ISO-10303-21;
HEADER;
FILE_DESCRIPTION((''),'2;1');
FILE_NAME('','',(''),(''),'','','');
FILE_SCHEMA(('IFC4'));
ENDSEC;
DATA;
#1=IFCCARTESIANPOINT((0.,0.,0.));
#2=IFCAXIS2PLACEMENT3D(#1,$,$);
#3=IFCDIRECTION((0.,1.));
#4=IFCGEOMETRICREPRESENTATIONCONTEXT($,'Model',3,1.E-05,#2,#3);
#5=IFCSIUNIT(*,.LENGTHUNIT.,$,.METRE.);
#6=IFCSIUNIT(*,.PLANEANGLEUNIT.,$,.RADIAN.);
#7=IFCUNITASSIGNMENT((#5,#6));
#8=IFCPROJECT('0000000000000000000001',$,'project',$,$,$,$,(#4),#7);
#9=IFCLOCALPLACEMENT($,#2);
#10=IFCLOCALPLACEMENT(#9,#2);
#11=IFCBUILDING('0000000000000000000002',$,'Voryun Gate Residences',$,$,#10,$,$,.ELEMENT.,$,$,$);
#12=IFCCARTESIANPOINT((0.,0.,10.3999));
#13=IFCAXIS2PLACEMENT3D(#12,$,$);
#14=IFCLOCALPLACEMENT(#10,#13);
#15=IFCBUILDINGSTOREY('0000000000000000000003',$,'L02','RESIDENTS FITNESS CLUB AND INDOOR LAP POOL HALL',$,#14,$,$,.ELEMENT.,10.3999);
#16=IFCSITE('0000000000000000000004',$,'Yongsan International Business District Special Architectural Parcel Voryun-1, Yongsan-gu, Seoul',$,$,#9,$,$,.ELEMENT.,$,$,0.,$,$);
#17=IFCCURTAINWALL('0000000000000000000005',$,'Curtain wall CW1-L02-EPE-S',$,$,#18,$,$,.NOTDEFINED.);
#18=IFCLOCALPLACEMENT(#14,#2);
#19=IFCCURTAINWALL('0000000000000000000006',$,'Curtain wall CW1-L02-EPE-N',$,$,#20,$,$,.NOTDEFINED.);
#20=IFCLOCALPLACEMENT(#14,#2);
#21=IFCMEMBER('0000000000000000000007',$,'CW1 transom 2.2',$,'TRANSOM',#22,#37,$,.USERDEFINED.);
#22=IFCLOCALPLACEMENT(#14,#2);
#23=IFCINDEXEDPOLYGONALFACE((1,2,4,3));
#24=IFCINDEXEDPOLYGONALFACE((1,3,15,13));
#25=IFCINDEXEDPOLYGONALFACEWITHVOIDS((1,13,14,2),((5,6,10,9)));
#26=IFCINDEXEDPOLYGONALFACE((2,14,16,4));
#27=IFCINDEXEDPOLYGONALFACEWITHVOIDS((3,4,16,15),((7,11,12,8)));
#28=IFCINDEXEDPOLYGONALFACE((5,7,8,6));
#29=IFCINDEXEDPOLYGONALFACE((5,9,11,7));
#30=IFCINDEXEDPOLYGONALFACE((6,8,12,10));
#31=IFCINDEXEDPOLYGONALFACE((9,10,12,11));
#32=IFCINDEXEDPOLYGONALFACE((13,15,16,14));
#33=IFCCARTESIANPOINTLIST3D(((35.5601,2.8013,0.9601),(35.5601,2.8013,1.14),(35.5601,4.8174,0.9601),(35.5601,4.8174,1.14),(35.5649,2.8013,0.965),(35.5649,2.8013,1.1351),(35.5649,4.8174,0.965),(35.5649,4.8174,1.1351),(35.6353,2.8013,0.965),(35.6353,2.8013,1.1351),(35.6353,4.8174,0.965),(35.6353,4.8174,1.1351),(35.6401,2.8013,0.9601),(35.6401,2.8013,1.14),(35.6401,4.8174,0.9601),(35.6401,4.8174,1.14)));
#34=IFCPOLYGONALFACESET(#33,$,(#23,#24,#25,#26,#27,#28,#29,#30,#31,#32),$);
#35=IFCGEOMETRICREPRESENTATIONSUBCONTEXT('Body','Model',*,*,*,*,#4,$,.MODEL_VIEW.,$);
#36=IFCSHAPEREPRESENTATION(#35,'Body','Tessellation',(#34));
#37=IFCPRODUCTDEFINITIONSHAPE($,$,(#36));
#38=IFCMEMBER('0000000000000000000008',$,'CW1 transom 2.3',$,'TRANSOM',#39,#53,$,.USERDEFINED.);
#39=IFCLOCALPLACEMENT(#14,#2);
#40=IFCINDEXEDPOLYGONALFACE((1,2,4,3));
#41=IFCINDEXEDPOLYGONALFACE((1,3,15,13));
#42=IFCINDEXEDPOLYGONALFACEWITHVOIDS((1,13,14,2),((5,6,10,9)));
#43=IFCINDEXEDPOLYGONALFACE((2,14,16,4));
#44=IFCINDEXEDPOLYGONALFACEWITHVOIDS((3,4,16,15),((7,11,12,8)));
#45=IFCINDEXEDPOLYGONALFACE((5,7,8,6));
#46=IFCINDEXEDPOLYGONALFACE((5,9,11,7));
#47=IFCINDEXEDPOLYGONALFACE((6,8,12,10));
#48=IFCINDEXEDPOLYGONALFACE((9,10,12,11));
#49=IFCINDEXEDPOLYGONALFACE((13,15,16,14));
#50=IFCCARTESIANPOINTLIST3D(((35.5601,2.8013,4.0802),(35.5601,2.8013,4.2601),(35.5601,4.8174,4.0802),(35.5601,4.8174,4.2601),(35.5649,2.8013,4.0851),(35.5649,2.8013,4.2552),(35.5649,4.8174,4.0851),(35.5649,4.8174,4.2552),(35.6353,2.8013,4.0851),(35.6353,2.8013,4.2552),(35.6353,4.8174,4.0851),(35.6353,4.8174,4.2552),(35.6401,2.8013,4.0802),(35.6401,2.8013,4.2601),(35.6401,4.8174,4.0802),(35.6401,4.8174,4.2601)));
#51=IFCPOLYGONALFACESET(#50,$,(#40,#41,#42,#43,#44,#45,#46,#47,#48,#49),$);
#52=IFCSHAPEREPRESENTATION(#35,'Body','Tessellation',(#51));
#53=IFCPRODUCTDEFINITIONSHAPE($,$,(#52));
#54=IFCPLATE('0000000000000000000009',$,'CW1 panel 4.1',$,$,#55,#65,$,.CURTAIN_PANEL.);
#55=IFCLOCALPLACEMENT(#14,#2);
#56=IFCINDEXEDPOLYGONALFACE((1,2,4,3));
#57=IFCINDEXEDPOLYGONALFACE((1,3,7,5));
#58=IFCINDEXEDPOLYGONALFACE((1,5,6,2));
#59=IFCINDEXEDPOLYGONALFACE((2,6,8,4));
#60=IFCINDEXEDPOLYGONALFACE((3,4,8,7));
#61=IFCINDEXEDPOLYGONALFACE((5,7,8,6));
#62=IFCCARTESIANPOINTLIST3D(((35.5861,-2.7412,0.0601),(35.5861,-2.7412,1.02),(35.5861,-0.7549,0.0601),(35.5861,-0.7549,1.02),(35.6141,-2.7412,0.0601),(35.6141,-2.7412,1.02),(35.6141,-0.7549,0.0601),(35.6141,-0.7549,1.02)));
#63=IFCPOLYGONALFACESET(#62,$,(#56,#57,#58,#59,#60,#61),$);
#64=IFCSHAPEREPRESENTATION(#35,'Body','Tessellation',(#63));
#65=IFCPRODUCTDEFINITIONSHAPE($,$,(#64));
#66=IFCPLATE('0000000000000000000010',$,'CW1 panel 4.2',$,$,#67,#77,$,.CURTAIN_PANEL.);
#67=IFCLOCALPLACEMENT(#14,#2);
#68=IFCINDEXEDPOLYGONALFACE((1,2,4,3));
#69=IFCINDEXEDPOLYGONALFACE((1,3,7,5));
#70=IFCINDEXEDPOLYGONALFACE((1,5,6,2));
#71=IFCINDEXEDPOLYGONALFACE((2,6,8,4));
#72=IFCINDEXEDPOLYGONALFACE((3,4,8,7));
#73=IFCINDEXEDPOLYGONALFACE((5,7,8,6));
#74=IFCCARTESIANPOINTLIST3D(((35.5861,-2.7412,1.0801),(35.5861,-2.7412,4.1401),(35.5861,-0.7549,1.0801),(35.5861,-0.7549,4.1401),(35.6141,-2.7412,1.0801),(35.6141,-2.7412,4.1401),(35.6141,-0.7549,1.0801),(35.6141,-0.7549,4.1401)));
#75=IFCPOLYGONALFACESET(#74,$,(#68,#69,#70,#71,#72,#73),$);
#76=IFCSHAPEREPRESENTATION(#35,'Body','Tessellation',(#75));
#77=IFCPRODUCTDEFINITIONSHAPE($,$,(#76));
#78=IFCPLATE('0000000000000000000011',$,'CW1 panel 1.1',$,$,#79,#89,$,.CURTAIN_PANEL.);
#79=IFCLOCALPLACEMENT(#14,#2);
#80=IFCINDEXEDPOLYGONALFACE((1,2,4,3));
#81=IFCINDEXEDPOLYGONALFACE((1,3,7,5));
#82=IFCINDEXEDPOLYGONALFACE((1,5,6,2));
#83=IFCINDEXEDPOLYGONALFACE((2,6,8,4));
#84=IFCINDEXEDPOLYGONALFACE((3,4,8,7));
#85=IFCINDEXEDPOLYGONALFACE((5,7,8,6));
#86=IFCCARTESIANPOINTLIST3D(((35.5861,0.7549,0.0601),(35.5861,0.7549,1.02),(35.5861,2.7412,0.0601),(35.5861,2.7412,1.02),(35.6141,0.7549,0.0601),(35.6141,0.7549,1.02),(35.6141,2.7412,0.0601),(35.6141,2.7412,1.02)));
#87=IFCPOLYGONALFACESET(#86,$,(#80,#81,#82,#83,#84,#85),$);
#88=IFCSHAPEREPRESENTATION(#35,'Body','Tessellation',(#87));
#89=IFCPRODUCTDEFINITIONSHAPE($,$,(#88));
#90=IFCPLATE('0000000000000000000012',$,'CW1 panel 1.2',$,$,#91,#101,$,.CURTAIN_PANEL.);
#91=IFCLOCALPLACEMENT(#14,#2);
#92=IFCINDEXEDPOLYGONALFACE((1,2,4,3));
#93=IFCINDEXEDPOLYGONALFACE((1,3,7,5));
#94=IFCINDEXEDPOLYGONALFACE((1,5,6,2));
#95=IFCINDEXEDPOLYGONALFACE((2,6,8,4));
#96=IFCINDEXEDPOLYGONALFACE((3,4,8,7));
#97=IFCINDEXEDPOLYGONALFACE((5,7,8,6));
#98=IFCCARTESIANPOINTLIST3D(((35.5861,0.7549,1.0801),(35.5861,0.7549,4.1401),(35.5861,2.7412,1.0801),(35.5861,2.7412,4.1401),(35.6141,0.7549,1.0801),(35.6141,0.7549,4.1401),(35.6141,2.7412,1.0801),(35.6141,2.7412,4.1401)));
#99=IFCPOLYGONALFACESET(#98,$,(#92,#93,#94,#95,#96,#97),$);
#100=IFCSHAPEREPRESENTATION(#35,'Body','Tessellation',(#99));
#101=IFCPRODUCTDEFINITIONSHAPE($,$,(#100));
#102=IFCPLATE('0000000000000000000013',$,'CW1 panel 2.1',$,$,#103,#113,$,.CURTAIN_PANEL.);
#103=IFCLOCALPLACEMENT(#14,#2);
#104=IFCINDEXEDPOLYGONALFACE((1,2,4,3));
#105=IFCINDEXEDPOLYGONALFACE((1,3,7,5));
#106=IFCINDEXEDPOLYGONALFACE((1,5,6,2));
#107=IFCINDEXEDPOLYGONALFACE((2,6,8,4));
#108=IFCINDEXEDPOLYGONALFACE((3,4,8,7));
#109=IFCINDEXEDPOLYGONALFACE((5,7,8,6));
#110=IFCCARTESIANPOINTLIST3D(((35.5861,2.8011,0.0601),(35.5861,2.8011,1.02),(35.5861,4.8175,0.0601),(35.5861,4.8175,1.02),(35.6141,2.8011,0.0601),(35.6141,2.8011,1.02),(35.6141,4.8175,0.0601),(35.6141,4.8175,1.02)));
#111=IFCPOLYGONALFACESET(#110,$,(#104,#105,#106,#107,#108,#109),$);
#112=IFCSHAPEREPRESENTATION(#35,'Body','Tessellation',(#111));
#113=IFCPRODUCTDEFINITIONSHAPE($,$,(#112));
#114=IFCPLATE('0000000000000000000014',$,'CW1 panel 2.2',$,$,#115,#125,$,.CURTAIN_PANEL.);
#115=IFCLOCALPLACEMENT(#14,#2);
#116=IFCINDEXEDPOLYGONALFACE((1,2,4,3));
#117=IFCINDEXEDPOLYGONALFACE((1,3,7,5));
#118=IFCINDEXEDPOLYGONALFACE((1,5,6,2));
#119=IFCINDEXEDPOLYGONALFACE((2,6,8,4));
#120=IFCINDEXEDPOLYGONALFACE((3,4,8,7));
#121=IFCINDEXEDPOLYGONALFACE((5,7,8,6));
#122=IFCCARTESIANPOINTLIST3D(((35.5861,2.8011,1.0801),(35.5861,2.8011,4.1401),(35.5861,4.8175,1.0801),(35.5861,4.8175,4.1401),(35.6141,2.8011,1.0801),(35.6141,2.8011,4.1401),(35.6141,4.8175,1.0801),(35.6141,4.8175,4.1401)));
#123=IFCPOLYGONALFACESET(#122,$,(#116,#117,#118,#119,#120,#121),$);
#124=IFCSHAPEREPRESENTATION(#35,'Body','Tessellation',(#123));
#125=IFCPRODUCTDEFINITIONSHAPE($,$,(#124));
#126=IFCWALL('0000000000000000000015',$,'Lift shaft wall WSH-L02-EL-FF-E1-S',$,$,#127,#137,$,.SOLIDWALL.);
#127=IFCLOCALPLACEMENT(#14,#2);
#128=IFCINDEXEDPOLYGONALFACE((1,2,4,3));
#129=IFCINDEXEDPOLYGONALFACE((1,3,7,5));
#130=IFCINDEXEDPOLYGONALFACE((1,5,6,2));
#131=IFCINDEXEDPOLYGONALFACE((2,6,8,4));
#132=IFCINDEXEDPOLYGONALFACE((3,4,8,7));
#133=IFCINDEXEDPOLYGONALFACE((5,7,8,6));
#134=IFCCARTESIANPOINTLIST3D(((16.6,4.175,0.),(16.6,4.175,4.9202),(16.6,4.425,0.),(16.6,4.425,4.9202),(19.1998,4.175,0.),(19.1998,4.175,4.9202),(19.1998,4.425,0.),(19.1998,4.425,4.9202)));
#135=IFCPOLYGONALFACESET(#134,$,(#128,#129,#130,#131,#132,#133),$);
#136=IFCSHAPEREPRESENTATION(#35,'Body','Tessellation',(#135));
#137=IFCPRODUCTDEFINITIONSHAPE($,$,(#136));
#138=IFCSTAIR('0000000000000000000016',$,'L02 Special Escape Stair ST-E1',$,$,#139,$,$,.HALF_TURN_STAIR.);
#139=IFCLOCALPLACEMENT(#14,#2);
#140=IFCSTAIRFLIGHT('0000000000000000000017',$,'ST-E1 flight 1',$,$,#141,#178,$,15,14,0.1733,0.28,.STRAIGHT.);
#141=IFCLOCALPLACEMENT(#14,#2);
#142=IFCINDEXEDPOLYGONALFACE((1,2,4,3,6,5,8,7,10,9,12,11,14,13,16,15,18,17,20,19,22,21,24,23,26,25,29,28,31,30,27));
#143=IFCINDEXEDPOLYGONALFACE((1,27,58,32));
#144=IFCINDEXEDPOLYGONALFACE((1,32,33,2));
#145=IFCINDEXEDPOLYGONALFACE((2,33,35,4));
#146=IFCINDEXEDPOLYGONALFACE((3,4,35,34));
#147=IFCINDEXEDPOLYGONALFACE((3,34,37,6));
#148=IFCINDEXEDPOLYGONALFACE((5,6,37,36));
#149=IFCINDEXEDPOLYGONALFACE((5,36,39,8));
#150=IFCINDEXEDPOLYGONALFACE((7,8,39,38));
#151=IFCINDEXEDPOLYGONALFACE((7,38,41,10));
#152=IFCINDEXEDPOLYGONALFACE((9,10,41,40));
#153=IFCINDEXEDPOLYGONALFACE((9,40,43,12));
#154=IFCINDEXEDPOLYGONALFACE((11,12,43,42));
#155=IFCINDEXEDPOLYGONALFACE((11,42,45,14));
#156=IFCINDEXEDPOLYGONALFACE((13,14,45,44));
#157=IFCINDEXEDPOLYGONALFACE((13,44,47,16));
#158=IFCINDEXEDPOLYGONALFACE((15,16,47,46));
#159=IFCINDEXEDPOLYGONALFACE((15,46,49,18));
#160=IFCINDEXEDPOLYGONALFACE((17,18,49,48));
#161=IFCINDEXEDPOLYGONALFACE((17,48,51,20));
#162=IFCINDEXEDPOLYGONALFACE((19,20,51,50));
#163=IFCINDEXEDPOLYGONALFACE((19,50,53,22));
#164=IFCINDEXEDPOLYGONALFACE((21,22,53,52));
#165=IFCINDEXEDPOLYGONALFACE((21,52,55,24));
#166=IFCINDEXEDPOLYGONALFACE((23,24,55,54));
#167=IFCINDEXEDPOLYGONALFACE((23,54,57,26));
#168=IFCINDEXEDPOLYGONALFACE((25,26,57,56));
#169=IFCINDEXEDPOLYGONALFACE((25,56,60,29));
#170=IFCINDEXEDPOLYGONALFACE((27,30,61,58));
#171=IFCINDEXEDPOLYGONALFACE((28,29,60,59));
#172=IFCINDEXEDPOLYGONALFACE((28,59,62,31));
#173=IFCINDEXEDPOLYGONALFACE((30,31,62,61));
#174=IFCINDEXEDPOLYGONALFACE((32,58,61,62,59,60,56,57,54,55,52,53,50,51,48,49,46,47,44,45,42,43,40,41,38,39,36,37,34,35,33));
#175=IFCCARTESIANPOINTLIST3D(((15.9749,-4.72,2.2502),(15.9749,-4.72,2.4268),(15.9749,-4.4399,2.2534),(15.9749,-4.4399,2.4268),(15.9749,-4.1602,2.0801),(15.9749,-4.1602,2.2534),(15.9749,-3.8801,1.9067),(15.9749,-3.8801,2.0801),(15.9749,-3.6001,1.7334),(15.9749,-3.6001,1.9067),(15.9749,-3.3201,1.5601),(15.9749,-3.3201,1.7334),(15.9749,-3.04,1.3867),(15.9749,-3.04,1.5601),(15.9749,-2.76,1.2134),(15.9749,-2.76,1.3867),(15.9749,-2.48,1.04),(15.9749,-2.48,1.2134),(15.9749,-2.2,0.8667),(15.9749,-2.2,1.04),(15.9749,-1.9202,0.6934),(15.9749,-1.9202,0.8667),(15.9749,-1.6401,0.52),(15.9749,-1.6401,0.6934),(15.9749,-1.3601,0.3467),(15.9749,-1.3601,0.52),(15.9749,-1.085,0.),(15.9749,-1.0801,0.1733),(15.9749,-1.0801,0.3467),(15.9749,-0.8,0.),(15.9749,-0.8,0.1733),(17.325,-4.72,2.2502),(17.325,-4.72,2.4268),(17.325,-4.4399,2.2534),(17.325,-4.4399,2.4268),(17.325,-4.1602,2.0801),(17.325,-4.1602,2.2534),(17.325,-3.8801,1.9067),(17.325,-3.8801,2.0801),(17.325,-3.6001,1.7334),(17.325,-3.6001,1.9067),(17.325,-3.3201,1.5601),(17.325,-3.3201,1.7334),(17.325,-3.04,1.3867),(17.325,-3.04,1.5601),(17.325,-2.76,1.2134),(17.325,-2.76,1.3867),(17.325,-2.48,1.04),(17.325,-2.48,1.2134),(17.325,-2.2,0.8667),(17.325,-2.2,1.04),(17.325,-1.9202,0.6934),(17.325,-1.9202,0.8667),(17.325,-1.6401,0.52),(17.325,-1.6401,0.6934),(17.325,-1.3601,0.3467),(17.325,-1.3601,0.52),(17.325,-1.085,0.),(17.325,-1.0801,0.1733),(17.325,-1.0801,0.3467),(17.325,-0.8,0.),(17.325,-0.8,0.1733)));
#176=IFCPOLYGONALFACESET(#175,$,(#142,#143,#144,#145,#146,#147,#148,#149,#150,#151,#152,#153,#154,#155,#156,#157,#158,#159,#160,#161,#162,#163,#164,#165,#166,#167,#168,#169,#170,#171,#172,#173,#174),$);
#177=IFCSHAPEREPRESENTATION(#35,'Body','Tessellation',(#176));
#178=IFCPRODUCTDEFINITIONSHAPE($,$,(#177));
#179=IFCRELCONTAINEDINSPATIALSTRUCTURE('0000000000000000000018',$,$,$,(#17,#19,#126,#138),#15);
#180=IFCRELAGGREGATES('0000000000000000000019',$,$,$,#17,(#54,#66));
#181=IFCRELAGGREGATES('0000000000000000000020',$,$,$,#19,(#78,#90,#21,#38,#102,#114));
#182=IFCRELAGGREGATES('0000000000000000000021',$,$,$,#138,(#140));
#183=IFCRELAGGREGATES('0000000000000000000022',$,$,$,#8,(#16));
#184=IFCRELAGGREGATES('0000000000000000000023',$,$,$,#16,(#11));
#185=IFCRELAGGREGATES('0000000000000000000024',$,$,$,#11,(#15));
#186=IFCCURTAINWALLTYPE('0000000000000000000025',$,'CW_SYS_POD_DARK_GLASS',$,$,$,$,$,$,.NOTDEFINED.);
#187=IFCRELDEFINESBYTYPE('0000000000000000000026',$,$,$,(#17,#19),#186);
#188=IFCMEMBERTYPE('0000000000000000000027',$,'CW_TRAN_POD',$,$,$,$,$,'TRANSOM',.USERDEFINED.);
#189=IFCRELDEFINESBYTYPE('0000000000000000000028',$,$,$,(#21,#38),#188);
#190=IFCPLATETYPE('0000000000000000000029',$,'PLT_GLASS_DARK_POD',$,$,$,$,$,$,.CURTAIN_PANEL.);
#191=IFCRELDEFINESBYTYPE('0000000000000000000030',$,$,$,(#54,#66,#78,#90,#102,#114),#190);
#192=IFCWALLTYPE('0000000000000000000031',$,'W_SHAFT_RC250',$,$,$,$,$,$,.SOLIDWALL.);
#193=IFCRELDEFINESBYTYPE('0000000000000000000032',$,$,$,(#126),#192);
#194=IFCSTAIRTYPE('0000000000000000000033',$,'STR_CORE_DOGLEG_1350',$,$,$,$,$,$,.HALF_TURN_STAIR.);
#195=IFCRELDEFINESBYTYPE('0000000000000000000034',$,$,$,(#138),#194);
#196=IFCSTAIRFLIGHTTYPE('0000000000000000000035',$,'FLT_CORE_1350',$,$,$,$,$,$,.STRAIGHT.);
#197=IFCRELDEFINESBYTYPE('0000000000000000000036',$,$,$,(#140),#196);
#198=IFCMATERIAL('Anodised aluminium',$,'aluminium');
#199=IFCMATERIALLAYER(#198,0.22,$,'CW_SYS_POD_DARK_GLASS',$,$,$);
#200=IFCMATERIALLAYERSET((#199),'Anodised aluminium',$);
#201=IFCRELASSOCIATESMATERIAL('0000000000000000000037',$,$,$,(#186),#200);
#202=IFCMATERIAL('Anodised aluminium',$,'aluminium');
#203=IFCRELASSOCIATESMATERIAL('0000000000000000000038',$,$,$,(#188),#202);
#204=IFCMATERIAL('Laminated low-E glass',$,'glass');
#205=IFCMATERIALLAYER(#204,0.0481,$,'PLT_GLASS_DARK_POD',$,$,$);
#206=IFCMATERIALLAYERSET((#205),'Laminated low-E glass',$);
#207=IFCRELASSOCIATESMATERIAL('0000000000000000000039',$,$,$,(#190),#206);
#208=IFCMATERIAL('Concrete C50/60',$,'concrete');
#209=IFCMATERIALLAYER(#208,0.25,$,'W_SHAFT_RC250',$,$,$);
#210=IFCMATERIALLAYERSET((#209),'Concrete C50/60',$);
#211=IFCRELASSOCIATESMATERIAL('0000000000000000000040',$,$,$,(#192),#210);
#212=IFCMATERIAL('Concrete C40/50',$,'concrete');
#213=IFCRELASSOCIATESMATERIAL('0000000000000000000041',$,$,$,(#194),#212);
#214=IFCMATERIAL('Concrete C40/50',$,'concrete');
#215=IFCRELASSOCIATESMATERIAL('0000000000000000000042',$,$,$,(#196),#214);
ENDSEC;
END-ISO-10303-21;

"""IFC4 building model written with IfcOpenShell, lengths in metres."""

from ifc_helpers import new_model, si_unit, direction, frame, frame_2d, origin, origin_2d, place, context, subcontext, project, spatial, polyline, rectangle, hollow_rectangle, outline, extrude, material, layer, layer_set, material_profile, profile_set, type_object, element, aggregate, save


model = new_model("IFC4")

# Units and contexts
model_context = context("Model", 3, precision=1e-05, world=origin(), true_north=direction((0.0, 1.0)))
body_context = subcontext(model_context, "Body", "Model", "MODEL_VIEW")
ifc_project = project(units=[si_unit("LENGTHUNIT", "METRE"), si_unit("PLANEANGLEUNIT", "RADIAN")], contexts=[model_context])

# Site, building, storey
site_placement = place(None, origin())
site = spatial("IfcSite", under=ifc_project, at=site_placement, Name="Yongsan International Business District Special Architectural Parcel Voryun-1, Yongsan-gu, Seoul", CompositionType="ELEMENT", RefElevation=0.0)
building_placement = place(site_placement, origin())
building = spatial("IfcBuilding", under=site, at=building_placement, Name="Voryun Gate Residences", CompositionType="ELEMENT")
storey_placement = place(building_placement, frame((0.0, 0.0, 10.3999)))
storey = spatial("IfcBuildingStorey", under=building, at=storey_placement, Name="L02", Description="RESIDENTS FITNESS CLUB AND INDOOR LAP POOL HALL", CompositionType="ELEMENT", Elevation=10.3999)

# Curtain wall
ifc_material_1 = material(Name="Anodised aluminium", Category="aluminium")
ifc_layer_1 = layer(ifc_material_1, 0.22, Name="CW_SYS_POD_DARK_GLASS")
ifc_layer_set_1 = layer_set([ifc_layer_1], Name="Anodised aluminium")
curtain_wall_type = type_object("IfcCurtainWallType", Name="CW_SYS_POD_DARK_GLASS", PredefinedType="NOTDEFINED", material=ifc_layer_set_1)
curtain_wall_1_placement = place(storey_placement, origin())
curtain_wall_1 = element("IfcCurtainWall", 1, at=curtain_wall_1_placement, inside=storey, type_object=curtain_wall_type, Name="Curtain wall CW1-L02-EPE-S", PredefinedType="NOTDEFINED")

# Curtain wall, members
curtain_wall_2_placement = place(storey_placement, origin())
curtain_wall_2 = element("IfcCurtainWall", 2, at=curtain_wall_2_placement, inside=storey, type_object=curtain_wall_type, Name="Curtain wall CW1-L02-EPE-N", PredefinedType="NOTDEFINED")
ifc_material_2 = material(Name="Anodised aluminium", Category="aluminium")
ifc_material_profile_1 = material_profile(ifc_material_2, hollow_rectangle(XDim=0.0801, YDim=0.1799, WallThickness=0.0049, at=origin_2d()), Name="ALU-TRAN-180x80x5")
ifc_profile_set_1 = profile_set([ifc_material_profile_1], Name="Anodised aluminium")
member_type_1 = type_object("IfcMemberType", Name="CW_TRAN_POD", ElementType="TRANSOM", PredefinedType="USERDEFINED", material=ifc_profile_set_1)
member_1_placement = place(storey_placement, frame((35.6001, 2.8013, 1.05), z_axis=(0.0, 1.0, 0.0), x_axis=(-1.0, 0.0, 0.0)))
member_1 = element("IfcMember", 3, at=member_1_placement, type_object=member_type_1, Name="CW1 transom 2.2", ObjectType="TRANSOM", PredefinedType="USERDEFINED", context=body_context, shape_type="SweptSolid", body=[
    extrude(hollow_rectangle(XDim=0.0801, YDim=0.1799, WallThickness=0.0049, at=origin_2d()), origin(), (0.0, 0.0, 1.0), 2.0161),
])
member_2_placement = place(storey_placement, frame((35.6001, 2.8013, 4.1702), z_axis=(0.0, 1.0, 0.0), x_axis=(-1.0, 0.0, 0.0)))
member_2 = element("IfcMember", 4, at=member_2_placement, type_object=member_type_1, Name="CW1 transom 2.3", ObjectType="TRANSOM", PredefinedType="USERDEFINED", context=body_context, shape_type="SweptSolid", body=[
    extrude(hollow_rectangle(XDim=0.0801, YDim=0.1799, WallThickness=0.0049, at=origin_2d()), origin(), (0.0, 0.0, 1.0), 2.0161),
])

# Plates
ifc_material_3 = material(Name="Laminated low-E glass", Category="glass")
ifc_layer_2 = layer(ifc_material_3, 0.0481, Name="PLT_GLASS_DARK_POD")
ifc_layer_set_2 = layer_set([ifc_layer_2], Name="Laminated low-E glass")
plate_type = type_object("IfcPlateType", Name="PLT_GLASS_DARK_POD", PredefinedType="CURTAIN_PANEL", material=ifc_layer_set_2)
plate_1_placement = place(storey_placement, frame((35.6001, -1.748, 0.0601), z_axis=(0.0, 0.0, 1.0), x_axis=(0.0, 1.0, 0.0)))
plate_1 = element("IfcPlate", 5, at=plate_1_placement, type_object=plate_type, Name="CW1 panel 4.1", PredefinedType="CURTAIN_PANEL", context=body_context, shape_type="SweptSolid", body=[
    extrude(rectangle(XDim=1.9863, YDim=0.0281, at=origin_2d()), origin(), (0.0, 0.0, 1.0), 0.96),
])
plate_2_placement = place(storey_placement, frame((35.6001, -1.748, 1.0801), z_axis=(0.0, 0.0, 1.0), x_axis=(0.0, 1.0, 0.0)))
plate_2 = element("IfcPlate", 6, at=plate_2_placement, type_object=plate_type, Name="CW1 panel 4.2", PredefinedType="CURTAIN_PANEL", context=body_context, shape_type="SweptSolid", body=[
    extrude(rectangle(XDim=1.9863, YDim=0.0281, at=origin_2d()), origin(), (0.0, 0.0, 1.0), 3.0601),
])
aggregate(curtain_wall_1, [plate_1, plate_2])
plate_3_placement = place(storey_placement, frame((35.6001, 1.748, 0.0601), z_axis=(0.0, 0.0, 1.0), x_axis=(0.0, 1.0, 0.0)))
plate_3 = element("IfcPlate", 7, at=plate_3_placement, type_object=plate_type, Name="CW1 panel 1.1", PredefinedType="CURTAIN_PANEL", context=body_context, shape_type="SweptSolid", body=[
    extrude(rectangle(XDim=1.9863, YDim=0.0281, at=origin_2d()), origin(), (0.0, 0.0, 1.0), 0.96),
])
plate_4_placement = place(storey_placement, frame((35.6001, 1.748, 1.0801), z_axis=(0.0, 0.0, 1.0), x_axis=(0.0, 1.0, 0.0)))
plate_4 = element("IfcPlate", 8, at=plate_4_placement, type_object=plate_type, Name="CW1 panel 1.2", PredefinedType="CURTAIN_PANEL", context=body_context, shape_type="SweptSolid", body=[
    extrude(rectangle(XDim=1.9863, YDim=0.0281, at=origin_2d()), origin(), (0.0, 0.0, 1.0), 3.0601),
])
plate_5_placement = place(storey_placement, frame((35.6001, 3.8093, 0.0601), z_axis=(0.0, 0.0, 1.0), x_axis=(0.0, 1.0, 0.0)))
plate_5 = element("IfcPlate", 9, at=plate_5_placement, type_object=plate_type, Name="CW1 panel 2.1", PredefinedType="CURTAIN_PANEL", context=body_context, shape_type="SweptSolid", body=[
    extrude(rectangle(XDim=2.0164, YDim=0.0281, at=origin_2d()), origin(), (0.0, 0.0, 1.0), 0.96),
])
plate_6_placement = place(storey_placement, frame((35.6001, 3.8093, 1.0801), z_axis=(0.0, 0.0, 1.0), x_axis=(0.0, 1.0, 0.0)))
plate_6 = element("IfcPlate", 10, at=plate_6_placement, type_object=plate_type, Name="CW1 panel 2.2", PredefinedType="CURTAIN_PANEL", context=body_context, shape_type="SweptSolid", body=[
    extrude(rectangle(XDim=2.0164, YDim=0.0281, at=origin_2d()), origin(), (0.0, 0.0, 1.0), 3.0601),
])
aggregate(curtain_wall_2, [plate_3, plate_4, member_1, member_2, plate_5, plate_6])

# Wall
ifc_material_4 = material(Name="Concrete C50/60", Category="concrete")
ifc_layer_3 = layer(ifc_material_4, 0.25, Name="W_SHAFT_RC250")
ifc_layer_set_3 = layer_set([ifc_layer_3], Name="Concrete C50/60")
wall_type = type_object("IfcWallType", Name="W_SHAFT_RC250", PredefinedType="SOLIDWALL", material=ifc_layer_set_3)
wall_placement = place(storey_placement, frame((16.6001, 4.3, 0.0), z_axis=(0.0, 0.0, 1.0), x_axis=(1.0, 0.0, 0.0)))
element("IfcWall", 11, at=wall_placement, inside=storey, type_object=wall_type, Name="Lift shaft wall WSH-L02-EL-FF-E1-S", PredefinedType="SOLIDWALL", context=body_context, shape_type="SweptSolid", body=[
    extrude(rectangle(XDim=2.5999, YDim=0.25, at=frame_2d((1.2998, 0.0))), origin(), (0.0, 0.0, 1.0), 4.9202),
])

# Stair, stair flight
ifc_material_5 = material(Name="Concrete C40/50", Category="concrete")
stair_type = type_object("IfcStairType", Name="STR_CORE_DOGLEG_1350", PredefinedType="HALF_TURN_STAIR", material=ifc_material_5)
stair_placement = place(storey_placement, origin())
stair = element("IfcStair", 12, at=stair_placement, inside=storey, type_object=stair_type, Name="L02 Special Escape Stair ST-E1", PredefinedType="HALF_TURN_STAIR")
ifc_material_6 = material(Name="Concrete C40/50", Category="concrete")
stair_flight_type = type_object("IfcStairFlightType", Name="FLT_CORE_1350", PredefinedType="STRAIGHT", material=ifc_material_6)
stair_flight_placement = place(storey_placement, frame((16.6499, -0.8, 0.0), z_axis=(0.0, 0.0, 1.0), x_axis=(0.0, -1.0, 0.0)))
stair_flight = element("IfcStairFlight", 13, at=stair_flight_placement, type_object=stair_flight_type, Name="ST-E1 flight 1", NumberOfRisers=15, NumberOfTreads=14, PredefinedType="STRAIGHT", RiserHeight=0.1733, TreadLength=0.28, context=body_context, shape_type="SweptSolid", body=[
    extrude(outline(polyline([(0.0, 0.0), (0.0, 0.1733), (0.28, 0.1733), (0.28, 0.3467), (0.5601, 0.3467), (0.5601, 0.52), (0.8401, 0.52), (0.8401, 0.6934), (1.1201, 0.6934), (1.1201, 0.8667), (1.3999, 0.8667), (1.3999, 1.04), (1.6799, 1.04), (1.6799, 1.2134), (1.96, 1.2134), (1.96, 1.3867), (2.24, 1.3867), (2.24, 1.5601), (2.52, 1.5601), (2.52, 1.7334), (2.8, 1.7334), (2.8, 1.9067), (3.0801, 1.9067), (3.0801, 2.0801), (3.3601, 2.0801), (3.3601, 2.2534), (3.6399, 2.2534), (3.6399, 2.4268), (3.9199, 2.4268), (3.9199, 2.6001), (3.9199, 2.2502), (0.2849, 0.0), (0.0, 0.0)])), frame((0.0, 0.675, 0.0), z_axis=(0.0, -1.0, 0.0), x_axis=(1.0, 0.0, 0.0)), (0.0, 0.0, 1.0), 1.3501),
])
aggregate(stair, [stair_flight])

save(model, "model.ifc")
